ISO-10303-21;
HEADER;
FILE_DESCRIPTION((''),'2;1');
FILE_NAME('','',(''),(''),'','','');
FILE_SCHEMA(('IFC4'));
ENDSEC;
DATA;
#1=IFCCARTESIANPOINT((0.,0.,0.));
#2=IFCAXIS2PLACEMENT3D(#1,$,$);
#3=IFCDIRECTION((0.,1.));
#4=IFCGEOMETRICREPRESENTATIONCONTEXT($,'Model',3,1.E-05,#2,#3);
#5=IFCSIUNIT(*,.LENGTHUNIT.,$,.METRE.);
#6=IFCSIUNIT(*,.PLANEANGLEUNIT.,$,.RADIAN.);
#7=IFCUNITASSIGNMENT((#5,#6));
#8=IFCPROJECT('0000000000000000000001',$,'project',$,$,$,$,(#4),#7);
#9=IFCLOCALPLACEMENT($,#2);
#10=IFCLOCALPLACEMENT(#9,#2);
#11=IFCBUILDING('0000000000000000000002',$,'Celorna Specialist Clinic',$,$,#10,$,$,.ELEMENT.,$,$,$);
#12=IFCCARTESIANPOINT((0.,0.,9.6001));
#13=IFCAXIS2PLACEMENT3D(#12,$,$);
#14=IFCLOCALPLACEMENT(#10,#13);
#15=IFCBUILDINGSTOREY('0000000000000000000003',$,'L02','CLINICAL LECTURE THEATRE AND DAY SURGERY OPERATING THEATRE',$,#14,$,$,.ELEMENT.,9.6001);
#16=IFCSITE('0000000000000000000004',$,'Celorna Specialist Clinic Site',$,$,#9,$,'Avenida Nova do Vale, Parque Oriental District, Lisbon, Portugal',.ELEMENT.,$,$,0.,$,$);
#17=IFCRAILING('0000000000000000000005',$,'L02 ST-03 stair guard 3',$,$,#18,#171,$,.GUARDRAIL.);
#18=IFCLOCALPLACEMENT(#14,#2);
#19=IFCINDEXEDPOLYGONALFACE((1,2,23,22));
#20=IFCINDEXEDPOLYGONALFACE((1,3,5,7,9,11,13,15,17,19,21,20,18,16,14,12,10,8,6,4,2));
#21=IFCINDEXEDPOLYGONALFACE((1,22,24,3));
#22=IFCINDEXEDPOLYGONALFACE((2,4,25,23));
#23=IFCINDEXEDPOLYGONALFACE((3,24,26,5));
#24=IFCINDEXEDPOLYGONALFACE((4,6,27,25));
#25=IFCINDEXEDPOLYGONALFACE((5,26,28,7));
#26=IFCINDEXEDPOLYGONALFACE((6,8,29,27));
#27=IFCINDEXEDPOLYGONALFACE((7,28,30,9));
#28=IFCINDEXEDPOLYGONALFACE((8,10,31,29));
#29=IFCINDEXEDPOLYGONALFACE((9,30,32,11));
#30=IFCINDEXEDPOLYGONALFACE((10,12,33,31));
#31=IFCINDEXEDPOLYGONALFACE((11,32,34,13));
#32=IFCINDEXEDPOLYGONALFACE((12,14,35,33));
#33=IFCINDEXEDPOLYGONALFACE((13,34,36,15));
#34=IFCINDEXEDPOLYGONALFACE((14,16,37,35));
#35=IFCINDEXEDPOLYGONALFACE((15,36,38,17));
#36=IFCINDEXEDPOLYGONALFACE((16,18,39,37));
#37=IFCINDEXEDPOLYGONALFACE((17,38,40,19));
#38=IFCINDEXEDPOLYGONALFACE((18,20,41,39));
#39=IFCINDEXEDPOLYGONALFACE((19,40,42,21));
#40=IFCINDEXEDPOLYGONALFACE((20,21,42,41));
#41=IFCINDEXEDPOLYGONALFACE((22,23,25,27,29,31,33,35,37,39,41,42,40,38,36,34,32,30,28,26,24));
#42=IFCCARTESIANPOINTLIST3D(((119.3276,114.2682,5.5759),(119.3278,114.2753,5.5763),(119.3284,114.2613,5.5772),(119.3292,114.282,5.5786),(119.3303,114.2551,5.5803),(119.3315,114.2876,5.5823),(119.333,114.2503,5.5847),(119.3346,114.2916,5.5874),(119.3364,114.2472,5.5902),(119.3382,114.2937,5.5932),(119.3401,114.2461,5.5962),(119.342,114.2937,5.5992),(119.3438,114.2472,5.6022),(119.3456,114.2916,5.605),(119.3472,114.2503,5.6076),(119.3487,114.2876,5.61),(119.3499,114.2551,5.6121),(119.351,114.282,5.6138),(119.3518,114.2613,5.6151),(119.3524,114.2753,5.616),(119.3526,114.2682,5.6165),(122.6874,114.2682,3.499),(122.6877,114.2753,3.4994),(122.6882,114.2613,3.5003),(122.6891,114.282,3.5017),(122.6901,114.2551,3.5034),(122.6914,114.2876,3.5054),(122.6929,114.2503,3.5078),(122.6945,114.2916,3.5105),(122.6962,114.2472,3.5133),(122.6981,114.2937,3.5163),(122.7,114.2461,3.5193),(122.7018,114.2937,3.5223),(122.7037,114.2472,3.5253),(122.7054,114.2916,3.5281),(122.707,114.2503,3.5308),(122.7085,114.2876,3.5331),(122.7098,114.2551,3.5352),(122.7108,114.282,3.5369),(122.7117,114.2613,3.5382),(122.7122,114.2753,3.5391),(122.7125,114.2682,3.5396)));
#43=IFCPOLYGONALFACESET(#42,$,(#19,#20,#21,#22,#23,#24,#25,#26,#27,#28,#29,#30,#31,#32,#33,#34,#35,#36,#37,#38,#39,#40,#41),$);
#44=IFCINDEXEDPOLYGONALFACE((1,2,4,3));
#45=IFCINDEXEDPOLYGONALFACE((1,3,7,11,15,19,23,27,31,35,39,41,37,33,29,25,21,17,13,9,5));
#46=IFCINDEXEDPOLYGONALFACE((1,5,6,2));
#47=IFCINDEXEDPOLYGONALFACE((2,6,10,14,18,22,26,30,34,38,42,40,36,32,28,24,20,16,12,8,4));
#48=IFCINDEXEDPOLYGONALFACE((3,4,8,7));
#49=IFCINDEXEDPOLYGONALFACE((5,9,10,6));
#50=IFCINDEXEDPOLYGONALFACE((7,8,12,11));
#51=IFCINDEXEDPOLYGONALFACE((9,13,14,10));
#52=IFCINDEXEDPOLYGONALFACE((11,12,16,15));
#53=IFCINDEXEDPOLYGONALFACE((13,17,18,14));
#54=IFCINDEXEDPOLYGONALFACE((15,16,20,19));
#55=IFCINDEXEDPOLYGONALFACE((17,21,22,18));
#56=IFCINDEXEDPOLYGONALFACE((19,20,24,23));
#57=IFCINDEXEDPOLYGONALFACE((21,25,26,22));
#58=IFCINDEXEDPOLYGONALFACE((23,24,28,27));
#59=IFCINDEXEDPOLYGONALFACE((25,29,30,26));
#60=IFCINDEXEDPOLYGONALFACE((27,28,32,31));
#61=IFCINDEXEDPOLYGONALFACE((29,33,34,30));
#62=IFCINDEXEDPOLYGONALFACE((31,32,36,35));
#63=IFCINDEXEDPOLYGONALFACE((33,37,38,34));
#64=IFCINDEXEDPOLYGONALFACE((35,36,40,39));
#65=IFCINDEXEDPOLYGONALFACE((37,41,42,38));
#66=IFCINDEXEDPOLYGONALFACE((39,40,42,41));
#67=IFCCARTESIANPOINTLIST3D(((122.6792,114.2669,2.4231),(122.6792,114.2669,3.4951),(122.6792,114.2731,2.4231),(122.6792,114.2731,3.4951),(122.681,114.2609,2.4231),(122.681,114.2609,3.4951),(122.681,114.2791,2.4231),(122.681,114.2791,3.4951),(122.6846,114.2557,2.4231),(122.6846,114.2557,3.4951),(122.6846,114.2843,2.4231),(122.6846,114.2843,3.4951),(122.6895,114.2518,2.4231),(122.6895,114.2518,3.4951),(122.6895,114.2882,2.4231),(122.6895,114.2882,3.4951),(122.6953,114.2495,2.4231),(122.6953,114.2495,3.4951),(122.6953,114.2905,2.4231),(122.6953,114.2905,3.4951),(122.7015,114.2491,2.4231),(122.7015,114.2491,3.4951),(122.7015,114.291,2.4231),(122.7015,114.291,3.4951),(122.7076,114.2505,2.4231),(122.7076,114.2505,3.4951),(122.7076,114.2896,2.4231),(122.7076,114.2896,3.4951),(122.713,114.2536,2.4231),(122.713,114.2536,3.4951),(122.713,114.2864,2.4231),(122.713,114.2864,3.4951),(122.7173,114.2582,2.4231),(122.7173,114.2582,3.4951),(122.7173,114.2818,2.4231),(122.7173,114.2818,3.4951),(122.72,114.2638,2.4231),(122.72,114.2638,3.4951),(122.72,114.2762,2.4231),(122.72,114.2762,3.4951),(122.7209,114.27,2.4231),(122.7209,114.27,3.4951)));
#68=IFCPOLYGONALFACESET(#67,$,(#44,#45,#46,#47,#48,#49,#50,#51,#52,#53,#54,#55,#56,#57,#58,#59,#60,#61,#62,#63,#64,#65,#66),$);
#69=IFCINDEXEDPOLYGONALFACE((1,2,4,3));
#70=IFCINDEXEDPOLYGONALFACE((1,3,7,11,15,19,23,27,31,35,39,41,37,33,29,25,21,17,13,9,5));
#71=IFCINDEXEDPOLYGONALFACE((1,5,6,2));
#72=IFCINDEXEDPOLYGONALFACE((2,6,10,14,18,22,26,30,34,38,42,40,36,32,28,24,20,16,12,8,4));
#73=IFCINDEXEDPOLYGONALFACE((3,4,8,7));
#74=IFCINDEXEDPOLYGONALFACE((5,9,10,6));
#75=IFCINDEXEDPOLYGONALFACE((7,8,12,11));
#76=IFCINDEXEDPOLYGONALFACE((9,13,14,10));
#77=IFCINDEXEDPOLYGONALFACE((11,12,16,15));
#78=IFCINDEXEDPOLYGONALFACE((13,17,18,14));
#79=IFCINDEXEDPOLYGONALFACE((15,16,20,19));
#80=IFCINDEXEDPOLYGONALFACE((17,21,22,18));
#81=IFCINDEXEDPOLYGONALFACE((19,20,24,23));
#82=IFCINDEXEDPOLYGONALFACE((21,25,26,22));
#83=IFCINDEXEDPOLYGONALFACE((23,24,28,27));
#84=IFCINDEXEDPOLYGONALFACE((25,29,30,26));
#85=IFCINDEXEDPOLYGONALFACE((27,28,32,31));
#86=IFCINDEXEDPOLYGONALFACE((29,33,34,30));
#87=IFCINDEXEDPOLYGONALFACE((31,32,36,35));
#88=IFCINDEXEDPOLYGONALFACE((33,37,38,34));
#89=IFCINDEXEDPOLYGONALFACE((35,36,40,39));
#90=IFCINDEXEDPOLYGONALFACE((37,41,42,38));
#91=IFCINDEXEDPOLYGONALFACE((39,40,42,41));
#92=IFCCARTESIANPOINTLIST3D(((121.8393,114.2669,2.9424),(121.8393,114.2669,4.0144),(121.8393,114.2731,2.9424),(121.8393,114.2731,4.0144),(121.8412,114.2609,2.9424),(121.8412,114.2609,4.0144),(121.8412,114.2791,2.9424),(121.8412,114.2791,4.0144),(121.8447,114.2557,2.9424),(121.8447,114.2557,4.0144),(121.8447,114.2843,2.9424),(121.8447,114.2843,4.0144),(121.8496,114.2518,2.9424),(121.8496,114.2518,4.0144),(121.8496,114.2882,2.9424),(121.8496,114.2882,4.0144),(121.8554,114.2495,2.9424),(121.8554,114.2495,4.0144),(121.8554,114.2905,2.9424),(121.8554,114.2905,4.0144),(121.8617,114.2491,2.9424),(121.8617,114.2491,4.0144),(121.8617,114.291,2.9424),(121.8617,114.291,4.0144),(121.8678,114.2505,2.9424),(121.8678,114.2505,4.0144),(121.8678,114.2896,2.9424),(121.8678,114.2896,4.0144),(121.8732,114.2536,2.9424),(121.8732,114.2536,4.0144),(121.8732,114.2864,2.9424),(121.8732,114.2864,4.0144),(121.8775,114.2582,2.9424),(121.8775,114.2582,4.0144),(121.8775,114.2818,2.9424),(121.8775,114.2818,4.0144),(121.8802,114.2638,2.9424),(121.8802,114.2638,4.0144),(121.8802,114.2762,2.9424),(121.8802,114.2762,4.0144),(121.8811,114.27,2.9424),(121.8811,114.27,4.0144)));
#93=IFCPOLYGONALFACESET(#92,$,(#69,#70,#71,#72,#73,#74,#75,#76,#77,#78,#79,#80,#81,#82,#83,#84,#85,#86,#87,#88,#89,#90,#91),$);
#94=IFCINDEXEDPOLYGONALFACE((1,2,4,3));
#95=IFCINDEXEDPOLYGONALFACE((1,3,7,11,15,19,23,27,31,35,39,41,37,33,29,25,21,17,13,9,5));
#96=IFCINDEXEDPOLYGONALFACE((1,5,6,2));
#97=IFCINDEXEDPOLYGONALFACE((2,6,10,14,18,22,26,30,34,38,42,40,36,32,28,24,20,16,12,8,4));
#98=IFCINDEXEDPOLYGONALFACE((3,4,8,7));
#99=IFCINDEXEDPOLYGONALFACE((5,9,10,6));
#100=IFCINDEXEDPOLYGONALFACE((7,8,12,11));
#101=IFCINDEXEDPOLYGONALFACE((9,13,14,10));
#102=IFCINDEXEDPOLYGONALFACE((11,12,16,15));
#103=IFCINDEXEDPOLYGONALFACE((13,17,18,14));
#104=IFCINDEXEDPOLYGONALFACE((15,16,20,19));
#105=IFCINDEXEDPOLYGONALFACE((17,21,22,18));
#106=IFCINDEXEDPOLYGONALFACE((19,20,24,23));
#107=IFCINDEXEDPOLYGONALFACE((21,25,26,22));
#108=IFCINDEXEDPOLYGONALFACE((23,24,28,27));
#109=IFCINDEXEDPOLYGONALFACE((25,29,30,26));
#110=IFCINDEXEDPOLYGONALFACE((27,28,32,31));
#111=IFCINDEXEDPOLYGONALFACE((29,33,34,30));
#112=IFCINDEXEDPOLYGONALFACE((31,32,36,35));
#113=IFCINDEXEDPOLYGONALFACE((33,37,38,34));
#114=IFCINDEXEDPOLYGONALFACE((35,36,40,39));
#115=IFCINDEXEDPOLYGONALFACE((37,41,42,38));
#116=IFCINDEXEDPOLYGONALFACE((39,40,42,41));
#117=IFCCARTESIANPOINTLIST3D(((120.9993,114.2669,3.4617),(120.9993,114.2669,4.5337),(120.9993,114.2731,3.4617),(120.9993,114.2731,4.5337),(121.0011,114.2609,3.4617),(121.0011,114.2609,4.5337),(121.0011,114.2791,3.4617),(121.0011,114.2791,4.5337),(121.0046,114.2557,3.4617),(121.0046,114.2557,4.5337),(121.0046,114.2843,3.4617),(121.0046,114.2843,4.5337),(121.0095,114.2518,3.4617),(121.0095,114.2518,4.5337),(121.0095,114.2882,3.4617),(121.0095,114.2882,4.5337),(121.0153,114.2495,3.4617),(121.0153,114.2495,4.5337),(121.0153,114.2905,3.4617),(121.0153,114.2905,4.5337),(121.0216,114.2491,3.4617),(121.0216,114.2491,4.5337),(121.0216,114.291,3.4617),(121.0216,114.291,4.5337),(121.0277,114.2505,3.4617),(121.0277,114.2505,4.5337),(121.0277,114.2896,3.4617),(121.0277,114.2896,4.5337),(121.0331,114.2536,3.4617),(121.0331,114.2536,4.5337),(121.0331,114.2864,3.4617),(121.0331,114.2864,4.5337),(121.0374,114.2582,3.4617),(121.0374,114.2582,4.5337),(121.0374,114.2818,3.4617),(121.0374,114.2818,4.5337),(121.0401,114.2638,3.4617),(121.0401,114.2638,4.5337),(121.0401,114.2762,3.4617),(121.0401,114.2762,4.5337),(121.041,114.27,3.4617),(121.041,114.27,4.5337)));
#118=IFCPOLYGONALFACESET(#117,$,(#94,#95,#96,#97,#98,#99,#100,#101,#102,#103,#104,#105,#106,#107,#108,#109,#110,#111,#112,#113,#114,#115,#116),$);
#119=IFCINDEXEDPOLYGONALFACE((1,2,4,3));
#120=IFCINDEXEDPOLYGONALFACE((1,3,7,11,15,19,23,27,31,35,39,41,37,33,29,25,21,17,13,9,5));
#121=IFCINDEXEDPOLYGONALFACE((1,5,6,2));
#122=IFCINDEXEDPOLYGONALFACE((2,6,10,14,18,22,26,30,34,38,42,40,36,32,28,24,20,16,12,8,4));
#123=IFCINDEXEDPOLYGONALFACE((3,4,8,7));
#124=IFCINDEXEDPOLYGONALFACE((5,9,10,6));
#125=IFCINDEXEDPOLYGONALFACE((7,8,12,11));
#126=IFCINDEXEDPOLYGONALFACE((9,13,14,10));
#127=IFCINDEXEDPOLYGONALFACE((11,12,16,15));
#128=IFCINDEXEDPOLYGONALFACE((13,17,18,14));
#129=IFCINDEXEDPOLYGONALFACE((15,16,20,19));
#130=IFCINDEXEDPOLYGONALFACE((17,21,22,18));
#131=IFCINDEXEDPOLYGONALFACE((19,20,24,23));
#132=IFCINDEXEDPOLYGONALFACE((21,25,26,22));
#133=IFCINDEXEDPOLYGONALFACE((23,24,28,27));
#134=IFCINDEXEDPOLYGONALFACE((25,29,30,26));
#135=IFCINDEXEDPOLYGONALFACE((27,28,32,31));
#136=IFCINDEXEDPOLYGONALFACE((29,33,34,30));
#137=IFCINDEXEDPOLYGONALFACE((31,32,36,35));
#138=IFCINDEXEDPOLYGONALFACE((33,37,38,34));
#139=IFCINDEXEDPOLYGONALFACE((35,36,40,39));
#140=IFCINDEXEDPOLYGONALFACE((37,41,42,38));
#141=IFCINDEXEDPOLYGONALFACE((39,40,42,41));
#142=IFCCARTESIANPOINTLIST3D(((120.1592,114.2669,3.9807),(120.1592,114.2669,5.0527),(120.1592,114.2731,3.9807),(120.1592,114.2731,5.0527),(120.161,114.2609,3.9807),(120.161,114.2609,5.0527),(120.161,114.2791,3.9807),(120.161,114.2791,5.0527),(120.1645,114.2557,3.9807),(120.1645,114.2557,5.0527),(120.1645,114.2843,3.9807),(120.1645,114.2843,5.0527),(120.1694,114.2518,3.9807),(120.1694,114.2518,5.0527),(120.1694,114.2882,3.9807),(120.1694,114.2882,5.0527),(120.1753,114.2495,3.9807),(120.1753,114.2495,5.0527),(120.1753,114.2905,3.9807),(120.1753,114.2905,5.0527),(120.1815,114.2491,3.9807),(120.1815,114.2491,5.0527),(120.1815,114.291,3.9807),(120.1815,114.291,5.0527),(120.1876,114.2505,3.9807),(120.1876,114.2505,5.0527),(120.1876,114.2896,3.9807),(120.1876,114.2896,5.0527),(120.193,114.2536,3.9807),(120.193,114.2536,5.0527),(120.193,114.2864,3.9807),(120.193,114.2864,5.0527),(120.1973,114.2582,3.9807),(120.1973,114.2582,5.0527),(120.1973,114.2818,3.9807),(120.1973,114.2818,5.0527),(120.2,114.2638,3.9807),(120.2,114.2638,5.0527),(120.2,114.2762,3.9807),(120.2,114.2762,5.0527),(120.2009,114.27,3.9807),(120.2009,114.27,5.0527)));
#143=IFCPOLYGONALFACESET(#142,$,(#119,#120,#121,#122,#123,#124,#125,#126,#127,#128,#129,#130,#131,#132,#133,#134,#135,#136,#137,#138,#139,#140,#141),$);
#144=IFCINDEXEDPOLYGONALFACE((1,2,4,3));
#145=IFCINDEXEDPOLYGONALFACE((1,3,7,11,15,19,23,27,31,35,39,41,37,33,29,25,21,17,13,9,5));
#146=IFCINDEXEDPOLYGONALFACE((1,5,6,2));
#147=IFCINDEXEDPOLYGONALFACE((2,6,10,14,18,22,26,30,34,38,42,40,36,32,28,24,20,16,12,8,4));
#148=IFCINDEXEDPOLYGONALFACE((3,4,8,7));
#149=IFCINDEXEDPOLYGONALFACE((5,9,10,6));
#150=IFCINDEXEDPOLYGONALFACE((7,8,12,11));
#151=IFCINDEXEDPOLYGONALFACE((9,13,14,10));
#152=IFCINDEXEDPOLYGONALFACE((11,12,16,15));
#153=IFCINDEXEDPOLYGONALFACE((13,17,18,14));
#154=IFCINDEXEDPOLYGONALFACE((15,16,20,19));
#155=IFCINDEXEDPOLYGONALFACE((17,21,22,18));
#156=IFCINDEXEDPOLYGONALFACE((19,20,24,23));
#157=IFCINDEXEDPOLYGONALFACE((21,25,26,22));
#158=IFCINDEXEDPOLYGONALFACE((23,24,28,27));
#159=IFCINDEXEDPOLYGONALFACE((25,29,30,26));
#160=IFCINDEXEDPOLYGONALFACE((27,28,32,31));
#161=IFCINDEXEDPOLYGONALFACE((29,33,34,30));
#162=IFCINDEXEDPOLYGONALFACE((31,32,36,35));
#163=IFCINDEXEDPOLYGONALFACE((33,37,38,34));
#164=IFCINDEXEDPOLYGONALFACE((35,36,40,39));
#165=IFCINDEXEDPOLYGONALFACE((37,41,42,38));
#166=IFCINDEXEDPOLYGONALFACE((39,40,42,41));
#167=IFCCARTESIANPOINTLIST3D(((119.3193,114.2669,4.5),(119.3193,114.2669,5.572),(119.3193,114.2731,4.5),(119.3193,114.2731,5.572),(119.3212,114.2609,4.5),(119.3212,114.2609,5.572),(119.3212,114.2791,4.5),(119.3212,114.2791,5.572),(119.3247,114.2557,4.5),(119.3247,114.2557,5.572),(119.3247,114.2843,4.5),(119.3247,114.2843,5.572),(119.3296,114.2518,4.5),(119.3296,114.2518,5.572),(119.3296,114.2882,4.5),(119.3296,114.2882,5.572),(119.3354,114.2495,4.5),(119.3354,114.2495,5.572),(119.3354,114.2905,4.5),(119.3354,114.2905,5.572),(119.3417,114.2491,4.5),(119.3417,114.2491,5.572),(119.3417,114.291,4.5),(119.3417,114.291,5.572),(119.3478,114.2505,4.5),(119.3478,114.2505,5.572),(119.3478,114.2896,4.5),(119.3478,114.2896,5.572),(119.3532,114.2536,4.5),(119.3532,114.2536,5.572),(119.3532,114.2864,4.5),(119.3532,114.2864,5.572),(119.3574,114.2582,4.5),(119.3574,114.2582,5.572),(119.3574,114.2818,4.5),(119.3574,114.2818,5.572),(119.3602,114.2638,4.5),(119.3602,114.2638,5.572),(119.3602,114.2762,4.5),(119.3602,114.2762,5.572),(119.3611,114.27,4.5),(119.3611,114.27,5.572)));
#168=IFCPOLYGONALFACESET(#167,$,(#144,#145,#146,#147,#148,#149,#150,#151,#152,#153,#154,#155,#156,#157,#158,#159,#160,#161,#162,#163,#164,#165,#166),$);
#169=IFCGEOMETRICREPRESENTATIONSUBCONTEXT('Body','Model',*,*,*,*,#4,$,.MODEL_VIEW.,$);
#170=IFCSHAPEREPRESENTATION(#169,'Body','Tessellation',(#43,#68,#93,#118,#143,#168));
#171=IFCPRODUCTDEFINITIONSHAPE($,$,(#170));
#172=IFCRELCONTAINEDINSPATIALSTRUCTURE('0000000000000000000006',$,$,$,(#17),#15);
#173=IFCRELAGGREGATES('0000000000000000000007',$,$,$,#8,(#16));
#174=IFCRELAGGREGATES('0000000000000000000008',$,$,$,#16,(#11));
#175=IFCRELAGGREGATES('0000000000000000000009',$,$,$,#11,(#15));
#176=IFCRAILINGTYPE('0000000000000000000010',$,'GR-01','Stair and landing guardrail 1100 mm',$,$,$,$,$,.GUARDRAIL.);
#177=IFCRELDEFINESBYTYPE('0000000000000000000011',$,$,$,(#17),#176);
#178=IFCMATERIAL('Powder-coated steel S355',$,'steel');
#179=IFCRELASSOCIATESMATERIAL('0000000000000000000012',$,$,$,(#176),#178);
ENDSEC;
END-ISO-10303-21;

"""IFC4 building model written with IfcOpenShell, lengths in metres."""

from ifc_helpers import new_model, si_unit, direction, frame, origin, origin_2d, place, context, subcontext, project, spatial, circle, extrude, material, type_object, element, save


model = new_model("IFC4")

# Units and contexts
model_context = context("Model", 3, precision=1e-05, world=origin(), true_north=direction((0.0, 1.0)))
body_context = subcontext(model_context, "Body", "Model", "MODEL_VIEW")
ifc_project = project(units=[si_unit("LENGTHUNIT", "METRE"), si_unit("PLANEANGLEUNIT", "RADIAN")], contexts=[model_context])

# Site, building, storey
site_placement = place(None, origin())
site = spatial("IfcSite", under=ifc_project, at=site_placement, Name="Celorna Specialist Clinic Site", LongName="Avenida Nova do Vale, Parque Oriental District, Lisbon, Portugal", CompositionType="ELEMENT", RefElevation=0.0)
building_placement = place(site_placement, origin())
building = spatial("IfcBuilding", under=site, at=building_placement, Name="Celorna Specialist Clinic", CompositionType="ELEMENT")
storey_placement = place(building_placement, frame((0.0, 0.0, 9.6001)))
storey = spatial("IfcBuildingStorey", under=building, at=storey_placement, Name="L02", Description="CLINICAL LECTURE THEATRE AND DAY SURGERY OPERATING THEATRE", CompositionType="ELEMENT", Elevation=9.6001)

# Railing
ifc_material_1 = material(Name="Powder-coated steel S355", Category="steel")
railing_type_1 = type_object("IfcRailingType", Name="GR-01", Description="Stair and landing guardrail 1100 mm", PredefinedType="GUARDRAIL", material=ifc_material_1)
railing_1_placement = place(storey_placement, frame((122.7, 114.27, 2.4231)))
element("IfcRailing", 1, at=railing_1_placement, inside=storey, type_object=railing_type_1, Name="L02 ST-03 stair guard 3", PredefinedType="GUARDRAIL", context=body_context, shape_type="SweptSolid", body=[
    extrude(circle(Radius=0.0239, at=origin_2d()), frame((0.0, 0.0, 1.0962), z_axis=(-0.850606, 0.0, 0.525803), x_axis=(0.0, -1.0, 0.0)), (0.0, 0.0, 1.0), 3.95),
    extrude(circle(Radius=0.021, at=origin_2d()), origin(), (0.0, 0.0, 1.0), 1.072),
    extrude(circle(Radius=0.021, at=origin_2d()), frame((-0.8398, 0.0, 0.5193)), (0.0, 0.0, 1.0), 1.072),
    extrude(circle(Radius=0.021, at=origin_2d()), frame((-1.6799, 0.0, 1.0386)), (0.0, 0.0, 1.0), 1.072),
    extrude(circle(Radius=0.021, at=origin_2d()), frame((-2.52, 0.0, 1.5576)), (0.0, 0.0, 1.0), 1.072),
    extrude(circle(Radius=0.021, at=origin_2d()), frame((-3.3599, 0.0, 2.0769)), (0.0, 0.0, 1.0), 1.072),
])

save(model, "model.ifc")
